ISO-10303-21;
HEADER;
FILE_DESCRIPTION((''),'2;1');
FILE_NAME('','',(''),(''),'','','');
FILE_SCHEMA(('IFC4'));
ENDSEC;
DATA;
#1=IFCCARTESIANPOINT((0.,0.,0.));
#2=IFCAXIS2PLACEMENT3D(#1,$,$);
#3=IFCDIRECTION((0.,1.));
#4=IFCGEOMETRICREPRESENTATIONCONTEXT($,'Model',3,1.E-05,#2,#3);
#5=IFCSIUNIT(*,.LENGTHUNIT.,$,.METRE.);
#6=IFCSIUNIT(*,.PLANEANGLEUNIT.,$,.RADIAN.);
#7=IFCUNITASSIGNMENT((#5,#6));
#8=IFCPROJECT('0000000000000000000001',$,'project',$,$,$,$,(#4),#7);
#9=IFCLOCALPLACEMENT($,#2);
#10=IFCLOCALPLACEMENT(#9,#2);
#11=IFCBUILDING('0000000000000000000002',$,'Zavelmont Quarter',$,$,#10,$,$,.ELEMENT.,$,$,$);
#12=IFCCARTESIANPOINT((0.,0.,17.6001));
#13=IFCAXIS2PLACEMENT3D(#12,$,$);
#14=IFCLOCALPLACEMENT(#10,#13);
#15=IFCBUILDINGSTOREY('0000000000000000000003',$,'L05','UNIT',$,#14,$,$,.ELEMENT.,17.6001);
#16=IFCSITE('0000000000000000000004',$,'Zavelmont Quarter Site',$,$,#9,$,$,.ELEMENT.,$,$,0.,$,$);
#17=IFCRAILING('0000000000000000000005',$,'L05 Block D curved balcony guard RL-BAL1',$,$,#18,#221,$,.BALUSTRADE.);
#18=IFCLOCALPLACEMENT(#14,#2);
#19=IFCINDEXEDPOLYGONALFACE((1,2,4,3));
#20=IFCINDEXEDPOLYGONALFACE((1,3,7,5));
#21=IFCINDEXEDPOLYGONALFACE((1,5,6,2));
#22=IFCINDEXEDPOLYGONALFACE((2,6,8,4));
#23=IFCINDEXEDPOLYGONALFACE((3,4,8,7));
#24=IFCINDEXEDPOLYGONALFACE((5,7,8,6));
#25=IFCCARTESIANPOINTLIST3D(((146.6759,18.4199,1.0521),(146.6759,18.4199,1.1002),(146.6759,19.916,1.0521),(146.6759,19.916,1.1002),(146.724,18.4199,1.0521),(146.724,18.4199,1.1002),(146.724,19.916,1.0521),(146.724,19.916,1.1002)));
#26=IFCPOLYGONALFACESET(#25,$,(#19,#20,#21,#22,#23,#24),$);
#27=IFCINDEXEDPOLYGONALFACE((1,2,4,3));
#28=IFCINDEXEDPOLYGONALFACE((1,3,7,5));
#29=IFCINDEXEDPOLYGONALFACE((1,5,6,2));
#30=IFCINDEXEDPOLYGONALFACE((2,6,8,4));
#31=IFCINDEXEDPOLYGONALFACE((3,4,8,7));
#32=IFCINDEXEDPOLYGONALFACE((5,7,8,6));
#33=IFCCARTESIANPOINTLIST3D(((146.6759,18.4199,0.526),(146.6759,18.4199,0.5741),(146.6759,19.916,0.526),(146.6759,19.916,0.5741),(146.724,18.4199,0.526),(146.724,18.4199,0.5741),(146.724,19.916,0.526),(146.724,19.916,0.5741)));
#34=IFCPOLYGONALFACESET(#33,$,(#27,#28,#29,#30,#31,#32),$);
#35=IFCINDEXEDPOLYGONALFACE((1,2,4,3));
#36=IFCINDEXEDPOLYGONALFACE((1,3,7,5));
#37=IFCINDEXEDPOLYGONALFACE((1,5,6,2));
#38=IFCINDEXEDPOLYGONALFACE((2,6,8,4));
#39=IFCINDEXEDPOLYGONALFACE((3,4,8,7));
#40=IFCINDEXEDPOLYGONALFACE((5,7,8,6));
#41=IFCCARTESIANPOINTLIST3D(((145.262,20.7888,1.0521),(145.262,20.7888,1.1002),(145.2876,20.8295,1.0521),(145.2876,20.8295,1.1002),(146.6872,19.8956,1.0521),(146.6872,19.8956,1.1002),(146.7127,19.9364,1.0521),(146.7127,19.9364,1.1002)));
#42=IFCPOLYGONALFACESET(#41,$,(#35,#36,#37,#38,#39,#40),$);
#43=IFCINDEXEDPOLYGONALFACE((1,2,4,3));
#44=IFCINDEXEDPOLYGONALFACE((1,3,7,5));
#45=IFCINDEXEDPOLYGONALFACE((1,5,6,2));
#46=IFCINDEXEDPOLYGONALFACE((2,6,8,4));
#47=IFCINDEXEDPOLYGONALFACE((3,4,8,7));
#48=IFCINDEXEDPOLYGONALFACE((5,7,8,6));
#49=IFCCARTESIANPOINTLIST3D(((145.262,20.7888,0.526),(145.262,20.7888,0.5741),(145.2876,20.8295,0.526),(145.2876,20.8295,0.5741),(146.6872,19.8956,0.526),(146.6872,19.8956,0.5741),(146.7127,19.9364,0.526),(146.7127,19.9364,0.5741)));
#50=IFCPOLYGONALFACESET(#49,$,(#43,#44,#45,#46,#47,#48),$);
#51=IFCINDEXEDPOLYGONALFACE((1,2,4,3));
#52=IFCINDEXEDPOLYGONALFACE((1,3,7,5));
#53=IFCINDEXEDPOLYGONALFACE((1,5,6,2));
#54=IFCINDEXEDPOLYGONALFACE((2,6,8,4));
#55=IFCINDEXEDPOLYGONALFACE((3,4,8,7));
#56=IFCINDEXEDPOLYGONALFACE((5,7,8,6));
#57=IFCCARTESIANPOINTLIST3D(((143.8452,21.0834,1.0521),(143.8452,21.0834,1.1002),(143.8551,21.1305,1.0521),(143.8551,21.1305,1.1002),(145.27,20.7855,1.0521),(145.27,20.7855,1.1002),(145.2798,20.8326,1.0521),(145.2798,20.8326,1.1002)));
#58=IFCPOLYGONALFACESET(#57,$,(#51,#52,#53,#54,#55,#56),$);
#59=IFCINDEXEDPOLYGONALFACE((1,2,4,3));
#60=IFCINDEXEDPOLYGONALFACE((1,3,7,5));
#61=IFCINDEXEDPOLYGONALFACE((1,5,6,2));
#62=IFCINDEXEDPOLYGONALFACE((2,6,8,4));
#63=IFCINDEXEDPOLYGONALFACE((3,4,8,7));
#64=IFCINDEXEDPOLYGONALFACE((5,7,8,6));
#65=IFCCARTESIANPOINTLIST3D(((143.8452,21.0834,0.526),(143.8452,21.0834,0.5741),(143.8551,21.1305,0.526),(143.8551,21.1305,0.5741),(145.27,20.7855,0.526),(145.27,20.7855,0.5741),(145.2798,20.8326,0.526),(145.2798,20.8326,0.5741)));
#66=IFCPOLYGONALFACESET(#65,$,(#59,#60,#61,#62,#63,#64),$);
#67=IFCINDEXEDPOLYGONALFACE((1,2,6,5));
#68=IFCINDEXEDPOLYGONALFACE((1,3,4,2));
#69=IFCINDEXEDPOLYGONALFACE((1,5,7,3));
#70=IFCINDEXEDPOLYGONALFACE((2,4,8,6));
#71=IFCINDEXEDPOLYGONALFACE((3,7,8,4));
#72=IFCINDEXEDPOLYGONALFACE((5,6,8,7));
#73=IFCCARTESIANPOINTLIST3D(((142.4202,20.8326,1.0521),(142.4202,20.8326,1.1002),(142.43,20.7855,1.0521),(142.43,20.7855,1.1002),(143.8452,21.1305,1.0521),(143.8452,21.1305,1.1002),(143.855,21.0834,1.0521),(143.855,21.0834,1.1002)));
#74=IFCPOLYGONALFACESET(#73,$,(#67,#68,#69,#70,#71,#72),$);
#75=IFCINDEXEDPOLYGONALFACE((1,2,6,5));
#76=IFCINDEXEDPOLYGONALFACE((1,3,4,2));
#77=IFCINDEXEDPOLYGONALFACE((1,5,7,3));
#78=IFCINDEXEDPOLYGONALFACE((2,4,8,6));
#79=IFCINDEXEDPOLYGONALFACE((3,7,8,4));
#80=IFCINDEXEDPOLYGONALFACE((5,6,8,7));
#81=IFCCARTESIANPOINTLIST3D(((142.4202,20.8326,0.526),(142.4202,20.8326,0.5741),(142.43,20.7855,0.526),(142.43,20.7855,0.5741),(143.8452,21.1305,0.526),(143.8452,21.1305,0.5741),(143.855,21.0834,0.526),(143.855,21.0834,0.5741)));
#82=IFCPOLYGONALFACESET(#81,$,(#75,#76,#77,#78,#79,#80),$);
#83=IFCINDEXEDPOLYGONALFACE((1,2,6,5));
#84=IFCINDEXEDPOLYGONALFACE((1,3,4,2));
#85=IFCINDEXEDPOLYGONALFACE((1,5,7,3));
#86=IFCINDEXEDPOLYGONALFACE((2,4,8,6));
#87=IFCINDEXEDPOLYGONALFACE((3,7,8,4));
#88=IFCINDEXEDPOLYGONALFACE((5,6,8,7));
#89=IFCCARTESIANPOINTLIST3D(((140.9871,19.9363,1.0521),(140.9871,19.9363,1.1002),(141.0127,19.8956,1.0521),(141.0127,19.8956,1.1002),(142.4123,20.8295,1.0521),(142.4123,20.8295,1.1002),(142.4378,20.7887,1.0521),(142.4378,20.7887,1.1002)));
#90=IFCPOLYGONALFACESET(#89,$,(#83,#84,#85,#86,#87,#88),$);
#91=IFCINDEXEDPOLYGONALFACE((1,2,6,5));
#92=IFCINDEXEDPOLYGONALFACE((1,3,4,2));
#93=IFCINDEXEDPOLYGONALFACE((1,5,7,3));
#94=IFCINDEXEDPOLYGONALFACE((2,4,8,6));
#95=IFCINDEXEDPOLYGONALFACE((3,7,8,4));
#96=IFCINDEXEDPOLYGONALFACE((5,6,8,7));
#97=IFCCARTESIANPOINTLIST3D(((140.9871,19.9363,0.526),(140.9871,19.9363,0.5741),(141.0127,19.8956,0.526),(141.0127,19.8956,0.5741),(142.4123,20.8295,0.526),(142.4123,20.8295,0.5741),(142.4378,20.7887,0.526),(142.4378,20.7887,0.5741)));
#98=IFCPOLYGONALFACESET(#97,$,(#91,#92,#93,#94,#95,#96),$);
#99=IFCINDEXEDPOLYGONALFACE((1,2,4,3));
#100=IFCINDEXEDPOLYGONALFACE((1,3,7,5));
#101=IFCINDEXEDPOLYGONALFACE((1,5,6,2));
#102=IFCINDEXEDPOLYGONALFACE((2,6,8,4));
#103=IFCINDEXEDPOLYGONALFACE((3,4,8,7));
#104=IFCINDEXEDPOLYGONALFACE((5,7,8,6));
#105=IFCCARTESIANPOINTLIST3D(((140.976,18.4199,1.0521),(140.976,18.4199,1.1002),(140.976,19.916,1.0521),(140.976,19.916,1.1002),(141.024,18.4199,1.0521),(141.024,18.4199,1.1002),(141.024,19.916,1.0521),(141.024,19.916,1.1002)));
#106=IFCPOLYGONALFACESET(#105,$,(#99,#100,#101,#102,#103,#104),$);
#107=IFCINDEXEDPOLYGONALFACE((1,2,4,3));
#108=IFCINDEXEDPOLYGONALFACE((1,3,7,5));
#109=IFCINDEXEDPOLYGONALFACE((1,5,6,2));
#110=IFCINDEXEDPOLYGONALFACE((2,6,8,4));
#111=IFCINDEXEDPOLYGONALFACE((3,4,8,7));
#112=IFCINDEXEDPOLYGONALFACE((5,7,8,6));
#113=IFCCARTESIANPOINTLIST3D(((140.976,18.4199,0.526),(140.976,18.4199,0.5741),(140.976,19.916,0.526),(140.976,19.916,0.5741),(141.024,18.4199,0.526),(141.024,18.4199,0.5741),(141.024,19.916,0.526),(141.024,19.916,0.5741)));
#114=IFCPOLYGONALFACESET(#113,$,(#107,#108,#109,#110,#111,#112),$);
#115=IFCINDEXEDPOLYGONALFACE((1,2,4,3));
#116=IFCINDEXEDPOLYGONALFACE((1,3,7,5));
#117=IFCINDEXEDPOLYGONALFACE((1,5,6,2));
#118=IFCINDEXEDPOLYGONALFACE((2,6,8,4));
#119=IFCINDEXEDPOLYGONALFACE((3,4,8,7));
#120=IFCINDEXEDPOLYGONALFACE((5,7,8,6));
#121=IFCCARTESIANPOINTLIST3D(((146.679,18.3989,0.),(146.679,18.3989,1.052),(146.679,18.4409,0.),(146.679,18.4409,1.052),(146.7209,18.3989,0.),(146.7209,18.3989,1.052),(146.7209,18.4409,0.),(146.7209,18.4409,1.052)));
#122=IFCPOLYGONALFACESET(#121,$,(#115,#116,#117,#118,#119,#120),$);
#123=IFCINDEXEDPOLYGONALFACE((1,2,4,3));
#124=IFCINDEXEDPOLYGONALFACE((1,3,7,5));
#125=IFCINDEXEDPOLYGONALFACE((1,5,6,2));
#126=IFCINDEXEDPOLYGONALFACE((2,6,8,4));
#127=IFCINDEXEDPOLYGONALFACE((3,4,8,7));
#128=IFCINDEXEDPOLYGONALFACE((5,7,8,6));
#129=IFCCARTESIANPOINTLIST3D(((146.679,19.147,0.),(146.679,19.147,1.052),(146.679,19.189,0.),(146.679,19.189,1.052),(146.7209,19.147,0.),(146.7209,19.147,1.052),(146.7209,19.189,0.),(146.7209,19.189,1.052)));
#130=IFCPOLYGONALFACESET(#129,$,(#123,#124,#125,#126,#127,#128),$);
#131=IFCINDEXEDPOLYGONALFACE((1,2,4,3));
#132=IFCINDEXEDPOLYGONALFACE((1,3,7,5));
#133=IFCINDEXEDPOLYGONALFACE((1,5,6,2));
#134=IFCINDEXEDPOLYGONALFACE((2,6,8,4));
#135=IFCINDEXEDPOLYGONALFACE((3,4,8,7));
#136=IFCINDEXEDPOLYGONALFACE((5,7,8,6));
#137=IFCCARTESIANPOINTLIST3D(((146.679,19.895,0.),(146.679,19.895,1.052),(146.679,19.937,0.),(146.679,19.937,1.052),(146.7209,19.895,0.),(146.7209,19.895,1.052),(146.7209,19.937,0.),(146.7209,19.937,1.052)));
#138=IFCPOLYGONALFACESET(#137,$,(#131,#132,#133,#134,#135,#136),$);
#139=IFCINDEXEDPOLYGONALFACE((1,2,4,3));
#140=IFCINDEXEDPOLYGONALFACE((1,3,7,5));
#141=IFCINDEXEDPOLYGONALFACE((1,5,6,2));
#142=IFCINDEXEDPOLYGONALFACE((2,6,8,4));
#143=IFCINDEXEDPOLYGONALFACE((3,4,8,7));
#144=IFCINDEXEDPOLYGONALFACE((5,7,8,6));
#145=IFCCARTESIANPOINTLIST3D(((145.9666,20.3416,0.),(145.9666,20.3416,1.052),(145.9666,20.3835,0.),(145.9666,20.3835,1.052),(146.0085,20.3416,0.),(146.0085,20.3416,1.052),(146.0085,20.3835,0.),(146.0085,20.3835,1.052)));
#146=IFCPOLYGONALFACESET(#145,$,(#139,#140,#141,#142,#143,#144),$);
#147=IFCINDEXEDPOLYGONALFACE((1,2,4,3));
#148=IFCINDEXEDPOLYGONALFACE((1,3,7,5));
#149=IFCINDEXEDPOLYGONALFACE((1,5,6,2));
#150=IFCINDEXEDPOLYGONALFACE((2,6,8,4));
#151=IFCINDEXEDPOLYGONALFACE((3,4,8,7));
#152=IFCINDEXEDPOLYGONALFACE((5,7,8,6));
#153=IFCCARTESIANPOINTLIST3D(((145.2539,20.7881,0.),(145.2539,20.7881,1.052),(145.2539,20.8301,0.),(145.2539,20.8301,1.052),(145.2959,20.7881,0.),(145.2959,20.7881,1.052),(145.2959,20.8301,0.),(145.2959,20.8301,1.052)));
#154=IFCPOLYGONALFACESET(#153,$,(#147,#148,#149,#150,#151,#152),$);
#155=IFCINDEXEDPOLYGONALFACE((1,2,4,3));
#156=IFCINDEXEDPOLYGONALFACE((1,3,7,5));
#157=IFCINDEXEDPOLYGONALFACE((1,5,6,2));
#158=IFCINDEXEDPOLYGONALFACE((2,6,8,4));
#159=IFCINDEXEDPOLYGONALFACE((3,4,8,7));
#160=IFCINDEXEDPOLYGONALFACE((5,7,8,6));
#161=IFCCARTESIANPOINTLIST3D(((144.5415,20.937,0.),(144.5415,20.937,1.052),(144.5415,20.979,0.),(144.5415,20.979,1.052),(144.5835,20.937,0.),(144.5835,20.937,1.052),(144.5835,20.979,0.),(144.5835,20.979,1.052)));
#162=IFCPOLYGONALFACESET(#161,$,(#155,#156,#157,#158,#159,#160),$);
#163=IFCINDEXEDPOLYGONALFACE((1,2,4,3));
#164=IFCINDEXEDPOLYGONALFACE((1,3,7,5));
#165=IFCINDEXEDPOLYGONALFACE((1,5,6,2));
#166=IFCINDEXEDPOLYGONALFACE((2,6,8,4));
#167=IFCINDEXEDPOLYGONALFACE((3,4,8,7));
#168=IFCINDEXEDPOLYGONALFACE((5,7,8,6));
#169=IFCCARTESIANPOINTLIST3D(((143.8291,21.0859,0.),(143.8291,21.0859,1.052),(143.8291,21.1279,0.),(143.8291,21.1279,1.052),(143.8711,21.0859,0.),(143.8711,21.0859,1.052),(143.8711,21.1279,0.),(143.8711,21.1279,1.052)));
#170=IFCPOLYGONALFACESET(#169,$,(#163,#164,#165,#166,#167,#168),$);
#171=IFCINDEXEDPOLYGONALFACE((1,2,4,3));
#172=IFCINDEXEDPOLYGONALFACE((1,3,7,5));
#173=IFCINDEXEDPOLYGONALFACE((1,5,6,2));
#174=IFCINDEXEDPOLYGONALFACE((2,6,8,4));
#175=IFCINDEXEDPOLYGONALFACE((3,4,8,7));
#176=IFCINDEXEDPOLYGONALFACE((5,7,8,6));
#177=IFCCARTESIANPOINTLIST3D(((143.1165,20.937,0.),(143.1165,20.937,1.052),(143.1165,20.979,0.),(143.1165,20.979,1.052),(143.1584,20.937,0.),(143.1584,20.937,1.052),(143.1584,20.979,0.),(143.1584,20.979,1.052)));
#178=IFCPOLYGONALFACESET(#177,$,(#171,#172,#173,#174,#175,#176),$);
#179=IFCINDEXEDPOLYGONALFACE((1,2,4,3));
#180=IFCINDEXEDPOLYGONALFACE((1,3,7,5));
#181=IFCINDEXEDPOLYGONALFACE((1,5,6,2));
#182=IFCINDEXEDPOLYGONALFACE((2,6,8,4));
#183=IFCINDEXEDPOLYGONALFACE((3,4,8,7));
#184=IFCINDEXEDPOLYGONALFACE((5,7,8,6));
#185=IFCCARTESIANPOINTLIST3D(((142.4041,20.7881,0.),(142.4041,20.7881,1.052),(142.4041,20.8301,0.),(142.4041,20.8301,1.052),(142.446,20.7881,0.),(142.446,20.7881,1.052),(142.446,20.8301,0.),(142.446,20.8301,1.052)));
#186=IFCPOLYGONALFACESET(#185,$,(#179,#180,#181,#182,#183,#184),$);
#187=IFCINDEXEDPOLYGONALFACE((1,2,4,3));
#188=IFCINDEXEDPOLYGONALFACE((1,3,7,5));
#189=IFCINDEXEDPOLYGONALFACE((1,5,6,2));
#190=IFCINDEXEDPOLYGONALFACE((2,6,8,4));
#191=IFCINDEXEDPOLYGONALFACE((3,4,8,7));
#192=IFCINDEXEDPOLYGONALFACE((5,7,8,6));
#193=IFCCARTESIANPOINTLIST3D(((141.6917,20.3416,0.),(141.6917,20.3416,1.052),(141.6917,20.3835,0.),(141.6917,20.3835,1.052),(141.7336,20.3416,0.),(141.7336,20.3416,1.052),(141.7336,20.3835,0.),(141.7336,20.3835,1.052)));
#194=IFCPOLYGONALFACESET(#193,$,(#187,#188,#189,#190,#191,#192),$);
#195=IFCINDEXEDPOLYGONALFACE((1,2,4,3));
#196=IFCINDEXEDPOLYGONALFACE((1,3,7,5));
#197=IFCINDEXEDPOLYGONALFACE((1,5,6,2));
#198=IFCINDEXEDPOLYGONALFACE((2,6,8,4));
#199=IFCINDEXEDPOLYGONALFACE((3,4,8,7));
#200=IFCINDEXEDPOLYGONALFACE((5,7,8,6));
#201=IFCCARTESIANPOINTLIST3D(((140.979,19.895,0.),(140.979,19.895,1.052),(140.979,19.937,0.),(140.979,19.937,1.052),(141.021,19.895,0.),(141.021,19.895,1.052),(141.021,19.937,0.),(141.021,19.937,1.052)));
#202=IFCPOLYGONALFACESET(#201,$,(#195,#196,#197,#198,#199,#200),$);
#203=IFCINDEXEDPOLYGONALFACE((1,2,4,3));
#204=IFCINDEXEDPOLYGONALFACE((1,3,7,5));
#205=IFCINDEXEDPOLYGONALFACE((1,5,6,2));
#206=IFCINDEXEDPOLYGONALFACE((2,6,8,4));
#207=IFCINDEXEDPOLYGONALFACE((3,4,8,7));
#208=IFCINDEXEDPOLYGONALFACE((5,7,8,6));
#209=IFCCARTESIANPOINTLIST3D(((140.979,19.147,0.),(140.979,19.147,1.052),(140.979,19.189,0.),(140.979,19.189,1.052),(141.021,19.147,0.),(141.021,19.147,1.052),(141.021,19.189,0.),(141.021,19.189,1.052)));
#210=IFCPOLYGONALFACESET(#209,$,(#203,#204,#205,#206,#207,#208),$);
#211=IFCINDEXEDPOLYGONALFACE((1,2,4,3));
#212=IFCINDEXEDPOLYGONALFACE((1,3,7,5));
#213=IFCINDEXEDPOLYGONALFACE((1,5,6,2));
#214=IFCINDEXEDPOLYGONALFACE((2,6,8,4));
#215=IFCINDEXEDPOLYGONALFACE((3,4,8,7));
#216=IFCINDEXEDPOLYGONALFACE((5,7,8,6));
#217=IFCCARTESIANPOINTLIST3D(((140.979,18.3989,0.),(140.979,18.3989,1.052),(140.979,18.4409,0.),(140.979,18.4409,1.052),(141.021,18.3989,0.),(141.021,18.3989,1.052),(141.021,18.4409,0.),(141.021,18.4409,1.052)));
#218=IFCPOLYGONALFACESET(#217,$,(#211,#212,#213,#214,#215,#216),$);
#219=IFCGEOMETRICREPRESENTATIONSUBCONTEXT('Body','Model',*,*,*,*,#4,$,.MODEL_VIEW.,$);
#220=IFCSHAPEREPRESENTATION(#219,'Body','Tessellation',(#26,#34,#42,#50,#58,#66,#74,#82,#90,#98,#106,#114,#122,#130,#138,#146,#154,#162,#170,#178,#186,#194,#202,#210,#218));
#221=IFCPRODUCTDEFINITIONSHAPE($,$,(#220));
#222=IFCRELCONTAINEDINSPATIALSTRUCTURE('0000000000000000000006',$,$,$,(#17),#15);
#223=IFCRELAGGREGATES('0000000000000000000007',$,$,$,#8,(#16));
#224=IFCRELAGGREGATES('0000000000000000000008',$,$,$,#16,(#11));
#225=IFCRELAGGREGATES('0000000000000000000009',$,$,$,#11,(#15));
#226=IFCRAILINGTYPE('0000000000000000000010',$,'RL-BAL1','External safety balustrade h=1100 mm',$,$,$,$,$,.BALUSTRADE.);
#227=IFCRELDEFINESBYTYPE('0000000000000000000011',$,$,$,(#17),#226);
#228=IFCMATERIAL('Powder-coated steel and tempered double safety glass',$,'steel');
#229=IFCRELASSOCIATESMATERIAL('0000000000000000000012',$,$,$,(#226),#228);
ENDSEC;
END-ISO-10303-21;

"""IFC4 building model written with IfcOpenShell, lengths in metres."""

from ifc_helpers import new_model, si_unit, direction, frame, origin, origin_2d, place, context, subcontext, project, spatial, rectangle, extrude, material, type_object, element, save


model = new_model("IFC4")

# Units and contexts
model_context = context("Model", 3, precision=1e-05, world=origin(), true_north=direction((0.0, 1.0)))
body_context = subcontext(model_context, "Body", "Model", "MODEL_VIEW")
ifc_project = project(units=[si_unit("LENGTHUNIT", "METRE"), si_unit("PLANEANGLEUNIT", "RADIAN")], contexts=[model_context])

# Site, building, storey
site_placement = place(None, origin())
site = spatial("IfcSite", under=ifc_project, at=site_placement, Name="Zavelmont Quarter Site", CompositionType="ELEMENT", RefElevation=0.0)
building_placement = place(site_placement, origin())
building = spatial("IfcBuilding", under=site, at=building_placement, Name="Zavelmont Quarter", CompositionType="ELEMENT")
storey_placement = place(building_placement, frame((0.0, 0.0, 17.6001)))
storey = spatial("IfcBuildingStorey", under=building, at=storey_placement, Name="L05", Description="UNIT", CompositionType="ELEMENT", Elevation=17.6001)

# Railing
ifc_material_1 = material(Name="Powder-coated steel and tempered double safety glass", Category="steel")
railing_type = type_object("IfcRailingType", Name="RL-BAL1", Description="External safety balustrade h=1100 mm", PredefinedType="BALUSTRADE", material=ifc_material_1)
railing_placement = place(storey_placement, frame((146.7, 18.4199, 0.0)))
element("IfcRailing", 1, at=railing_placement, inside=storey, type_object=railing_type, Name="L05 Block D curved balcony guard RL-BAL1", PredefinedType="BALUSTRADE", context=body_context, shape_type="SweptSolid", body=[
    extrude(rectangle(XDim=0.0481, YDim=0.0481, at=origin_2d()), frame((0.0, 0.0, 1.0762), z_axis=(0.0, 1.0, 0.0), x_axis=(-1.0, 0.0, 0.0)), (0.0, 0.0, 1.0), 1.4961),
    extrude(rectangle(XDim=0.0481, YDim=0.0481, at=origin_2d()), frame((0.0, 0.0, 0.55), z_axis=(0.0, 1.0, 0.0), x_axis=(-1.0, 0.0, 0.0)), (0.0, 0.0, 1.0), 1.4961),
    extrude(rectangle(XDim=0.0481, YDim=0.0481, at=origin_2d()), frame((0.0, 1.4961, 1.0762), z_axis=(-0.847353, 0.531029, 0.0), x_axis=(-0.531029, -0.847353, 0.0)), (0.0, 0.0, 1.0), 1.6819),
    extrude(rectangle(XDim=0.0481, YDim=0.0481, at=origin_2d()), frame((0.0, 1.4961, 0.55), z_axis=(-0.847353, 0.531029, 0.0), x_axis=(-0.531029, -0.847353, 0.0)), (0.0, 0.0, 1.0), 1.6819),
    extrude(rectangle(XDim=0.0481, YDim=0.0481, at=origin_2d()), frame((-1.425, 2.3892, 1.0762), z_axis=(-0.978841, 0.204624, 0.0), x_axis=(-0.204624, -0.978841, 0.0)), (0.0, 0.0, 1.0), 1.4556),
    extrude(rectangle(XDim=0.0481, YDim=0.0481, at=origin_2d()), frame((-1.425, 2.3892, 0.55), z_axis=(-0.978841, 0.204624, 0.0), x_axis=(-0.204624, -0.978841, 0.0)), (0.0, 0.0, 1.0), 1.4556),
    extrude(rectangle(XDim=0.0481, YDim=0.0481, at=origin_2d()), frame((-2.8499, 2.687, 1.0762), z_axis=(-0.978848, -0.20459, 0.0), x_axis=(0.20459, -0.978848, 0.0)), (0.0, 0.0, 1.0), 1.4558),
    extrude(rectangle(XDim=0.0481, YDim=0.0481, at=origin_2d()), frame((-2.8499, 2.687, 0.55), z_axis=(-0.978848, -0.20459, 0.0), x_axis=(0.20459, -0.978848, 0.0)), (0.0, 0.0, 1.0), 1.4558),
    extrude(rectangle(XDim=0.0481, YDim=0.0481, at=origin_2d()), frame((-4.2749, 2.3892, 1.0762), z_axis=(-0.847353, -0.531029, 0.0), x_axis=(0.531029, -0.847353, 0.0)), (0.0, 0.0, 1.0), 1.6819),
    extrude(rectangle(XDim=0.0481, YDim=0.0481, at=origin_2d()), frame((-4.2749, 2.3892, 0.55), z_axis=(-0.847353, -0.531029, 0.0), x_axis=(0.531029, -0.847353, 0.0)), (0.0, 0.0, 1.0), 1.6819),
    extrude(rectangle(XDim=0.0481, YDim=0.0481, at=origin_2d()), frame((-5.7, 1.4961, 1.0762), z_axis=(0.0, -1.0, 0.0), x_axis=(1.0, 0.0, 0.0)), (0.0, 0.0, 1.0), 1.4961),
    extrude(rectangle(XDim=0.0481, YDim=0.0481, at=origin_2d()), frame((-5.7, 1.4961, 0.55), z_axis=(0.0, -1.0, 0.0), x_axis=(1.0, 0.0, 0.0)), (0.0, 0.0, 1.0), 1.4961),
    extrude(rectangle(XDim=0.042, YDim=0.042, at=origin_2d()), origin(), (0.0, 0.0, 1.0), 1.052),
    extrude(rectangle(XDim=0.042, YDim=0.042, at=origin_2d()), frame((0.0, 0.748, 0.0)), (0.0, 0.0, 1.0), 1.052),
    extrude(rectangle(XDim=0.042, YDim=0.042, at=origin_2d()), frame((0.0, 1.4961, 0.0)), (0.0, 0.0, 1.0), 1.052),
    extrude(rectangle(XDim=0.042, YDim=0.042, at=origin_2d()), frame((-0.7124, 1.9426, 0.0)), (0.0, 0.0, 1.0), 1.052),
    extrude(rectangle(XDim=0.042, YDim=0.042, at=origin_2d()), frame((-1.425, 2.3892, 0.0)), (0.0, 0.0, 1.0), 1.052),
    extrude(rectangle(XDim=0.042, YDim=0.042, at=origin_2d()), frame((-2.1375, 2.5381, 0.0)), (0.0, 0.0, 1.0), 1.052),
    extrude(rectangle(XDim=0.042, YDim=0.042, at=origin_2d()), frame((-2.8499, 2.687, 0.0)), (0.0, 0.0, 1.0), 1.052),
    extrude(rectangle(XDim=0.042, YDim=0.042, at=origin_2d()), frame((-3.5625, 2.5381, 0.0)), (0.0, 0.0, 1.0), 1.052),
    extrude(rectangle(XDim=0.042, YDim=0.042, at=origin_2d()), frame((-4.2749, 2.3892, 0.0)), (0.0, 0.0, 1.0), 1.052),
    extrude(rectangle(XDim=0.042, YDim=0.042, at=origin_2d()), frame((-4.9873, 1.9426, 0.0)), (0.0, 0.0, 1.0), 1.052),
    extrude(rectangle(XDim=0.042, YDim=0.042, at=origin_2d()), frame((-5.7, 1.4961, 0.0)), (0.0, 0.0, 1.0), 1.052),
    extrude(rectangle(XDim=0.042, YDim=0.042, at=origin_2d()), frame((-5.7, 0.748, 0.0)), (0.0, 0.0, 1.0), 1.052),
    extrude(rectangle(XDim=0.042, YDim=0.042, at=origin_2d()), frame((-5.7, 0.0, 0.0)), (0.0, 0.0, 1.0), 1.052),
])

save(model, "model.ifc")
